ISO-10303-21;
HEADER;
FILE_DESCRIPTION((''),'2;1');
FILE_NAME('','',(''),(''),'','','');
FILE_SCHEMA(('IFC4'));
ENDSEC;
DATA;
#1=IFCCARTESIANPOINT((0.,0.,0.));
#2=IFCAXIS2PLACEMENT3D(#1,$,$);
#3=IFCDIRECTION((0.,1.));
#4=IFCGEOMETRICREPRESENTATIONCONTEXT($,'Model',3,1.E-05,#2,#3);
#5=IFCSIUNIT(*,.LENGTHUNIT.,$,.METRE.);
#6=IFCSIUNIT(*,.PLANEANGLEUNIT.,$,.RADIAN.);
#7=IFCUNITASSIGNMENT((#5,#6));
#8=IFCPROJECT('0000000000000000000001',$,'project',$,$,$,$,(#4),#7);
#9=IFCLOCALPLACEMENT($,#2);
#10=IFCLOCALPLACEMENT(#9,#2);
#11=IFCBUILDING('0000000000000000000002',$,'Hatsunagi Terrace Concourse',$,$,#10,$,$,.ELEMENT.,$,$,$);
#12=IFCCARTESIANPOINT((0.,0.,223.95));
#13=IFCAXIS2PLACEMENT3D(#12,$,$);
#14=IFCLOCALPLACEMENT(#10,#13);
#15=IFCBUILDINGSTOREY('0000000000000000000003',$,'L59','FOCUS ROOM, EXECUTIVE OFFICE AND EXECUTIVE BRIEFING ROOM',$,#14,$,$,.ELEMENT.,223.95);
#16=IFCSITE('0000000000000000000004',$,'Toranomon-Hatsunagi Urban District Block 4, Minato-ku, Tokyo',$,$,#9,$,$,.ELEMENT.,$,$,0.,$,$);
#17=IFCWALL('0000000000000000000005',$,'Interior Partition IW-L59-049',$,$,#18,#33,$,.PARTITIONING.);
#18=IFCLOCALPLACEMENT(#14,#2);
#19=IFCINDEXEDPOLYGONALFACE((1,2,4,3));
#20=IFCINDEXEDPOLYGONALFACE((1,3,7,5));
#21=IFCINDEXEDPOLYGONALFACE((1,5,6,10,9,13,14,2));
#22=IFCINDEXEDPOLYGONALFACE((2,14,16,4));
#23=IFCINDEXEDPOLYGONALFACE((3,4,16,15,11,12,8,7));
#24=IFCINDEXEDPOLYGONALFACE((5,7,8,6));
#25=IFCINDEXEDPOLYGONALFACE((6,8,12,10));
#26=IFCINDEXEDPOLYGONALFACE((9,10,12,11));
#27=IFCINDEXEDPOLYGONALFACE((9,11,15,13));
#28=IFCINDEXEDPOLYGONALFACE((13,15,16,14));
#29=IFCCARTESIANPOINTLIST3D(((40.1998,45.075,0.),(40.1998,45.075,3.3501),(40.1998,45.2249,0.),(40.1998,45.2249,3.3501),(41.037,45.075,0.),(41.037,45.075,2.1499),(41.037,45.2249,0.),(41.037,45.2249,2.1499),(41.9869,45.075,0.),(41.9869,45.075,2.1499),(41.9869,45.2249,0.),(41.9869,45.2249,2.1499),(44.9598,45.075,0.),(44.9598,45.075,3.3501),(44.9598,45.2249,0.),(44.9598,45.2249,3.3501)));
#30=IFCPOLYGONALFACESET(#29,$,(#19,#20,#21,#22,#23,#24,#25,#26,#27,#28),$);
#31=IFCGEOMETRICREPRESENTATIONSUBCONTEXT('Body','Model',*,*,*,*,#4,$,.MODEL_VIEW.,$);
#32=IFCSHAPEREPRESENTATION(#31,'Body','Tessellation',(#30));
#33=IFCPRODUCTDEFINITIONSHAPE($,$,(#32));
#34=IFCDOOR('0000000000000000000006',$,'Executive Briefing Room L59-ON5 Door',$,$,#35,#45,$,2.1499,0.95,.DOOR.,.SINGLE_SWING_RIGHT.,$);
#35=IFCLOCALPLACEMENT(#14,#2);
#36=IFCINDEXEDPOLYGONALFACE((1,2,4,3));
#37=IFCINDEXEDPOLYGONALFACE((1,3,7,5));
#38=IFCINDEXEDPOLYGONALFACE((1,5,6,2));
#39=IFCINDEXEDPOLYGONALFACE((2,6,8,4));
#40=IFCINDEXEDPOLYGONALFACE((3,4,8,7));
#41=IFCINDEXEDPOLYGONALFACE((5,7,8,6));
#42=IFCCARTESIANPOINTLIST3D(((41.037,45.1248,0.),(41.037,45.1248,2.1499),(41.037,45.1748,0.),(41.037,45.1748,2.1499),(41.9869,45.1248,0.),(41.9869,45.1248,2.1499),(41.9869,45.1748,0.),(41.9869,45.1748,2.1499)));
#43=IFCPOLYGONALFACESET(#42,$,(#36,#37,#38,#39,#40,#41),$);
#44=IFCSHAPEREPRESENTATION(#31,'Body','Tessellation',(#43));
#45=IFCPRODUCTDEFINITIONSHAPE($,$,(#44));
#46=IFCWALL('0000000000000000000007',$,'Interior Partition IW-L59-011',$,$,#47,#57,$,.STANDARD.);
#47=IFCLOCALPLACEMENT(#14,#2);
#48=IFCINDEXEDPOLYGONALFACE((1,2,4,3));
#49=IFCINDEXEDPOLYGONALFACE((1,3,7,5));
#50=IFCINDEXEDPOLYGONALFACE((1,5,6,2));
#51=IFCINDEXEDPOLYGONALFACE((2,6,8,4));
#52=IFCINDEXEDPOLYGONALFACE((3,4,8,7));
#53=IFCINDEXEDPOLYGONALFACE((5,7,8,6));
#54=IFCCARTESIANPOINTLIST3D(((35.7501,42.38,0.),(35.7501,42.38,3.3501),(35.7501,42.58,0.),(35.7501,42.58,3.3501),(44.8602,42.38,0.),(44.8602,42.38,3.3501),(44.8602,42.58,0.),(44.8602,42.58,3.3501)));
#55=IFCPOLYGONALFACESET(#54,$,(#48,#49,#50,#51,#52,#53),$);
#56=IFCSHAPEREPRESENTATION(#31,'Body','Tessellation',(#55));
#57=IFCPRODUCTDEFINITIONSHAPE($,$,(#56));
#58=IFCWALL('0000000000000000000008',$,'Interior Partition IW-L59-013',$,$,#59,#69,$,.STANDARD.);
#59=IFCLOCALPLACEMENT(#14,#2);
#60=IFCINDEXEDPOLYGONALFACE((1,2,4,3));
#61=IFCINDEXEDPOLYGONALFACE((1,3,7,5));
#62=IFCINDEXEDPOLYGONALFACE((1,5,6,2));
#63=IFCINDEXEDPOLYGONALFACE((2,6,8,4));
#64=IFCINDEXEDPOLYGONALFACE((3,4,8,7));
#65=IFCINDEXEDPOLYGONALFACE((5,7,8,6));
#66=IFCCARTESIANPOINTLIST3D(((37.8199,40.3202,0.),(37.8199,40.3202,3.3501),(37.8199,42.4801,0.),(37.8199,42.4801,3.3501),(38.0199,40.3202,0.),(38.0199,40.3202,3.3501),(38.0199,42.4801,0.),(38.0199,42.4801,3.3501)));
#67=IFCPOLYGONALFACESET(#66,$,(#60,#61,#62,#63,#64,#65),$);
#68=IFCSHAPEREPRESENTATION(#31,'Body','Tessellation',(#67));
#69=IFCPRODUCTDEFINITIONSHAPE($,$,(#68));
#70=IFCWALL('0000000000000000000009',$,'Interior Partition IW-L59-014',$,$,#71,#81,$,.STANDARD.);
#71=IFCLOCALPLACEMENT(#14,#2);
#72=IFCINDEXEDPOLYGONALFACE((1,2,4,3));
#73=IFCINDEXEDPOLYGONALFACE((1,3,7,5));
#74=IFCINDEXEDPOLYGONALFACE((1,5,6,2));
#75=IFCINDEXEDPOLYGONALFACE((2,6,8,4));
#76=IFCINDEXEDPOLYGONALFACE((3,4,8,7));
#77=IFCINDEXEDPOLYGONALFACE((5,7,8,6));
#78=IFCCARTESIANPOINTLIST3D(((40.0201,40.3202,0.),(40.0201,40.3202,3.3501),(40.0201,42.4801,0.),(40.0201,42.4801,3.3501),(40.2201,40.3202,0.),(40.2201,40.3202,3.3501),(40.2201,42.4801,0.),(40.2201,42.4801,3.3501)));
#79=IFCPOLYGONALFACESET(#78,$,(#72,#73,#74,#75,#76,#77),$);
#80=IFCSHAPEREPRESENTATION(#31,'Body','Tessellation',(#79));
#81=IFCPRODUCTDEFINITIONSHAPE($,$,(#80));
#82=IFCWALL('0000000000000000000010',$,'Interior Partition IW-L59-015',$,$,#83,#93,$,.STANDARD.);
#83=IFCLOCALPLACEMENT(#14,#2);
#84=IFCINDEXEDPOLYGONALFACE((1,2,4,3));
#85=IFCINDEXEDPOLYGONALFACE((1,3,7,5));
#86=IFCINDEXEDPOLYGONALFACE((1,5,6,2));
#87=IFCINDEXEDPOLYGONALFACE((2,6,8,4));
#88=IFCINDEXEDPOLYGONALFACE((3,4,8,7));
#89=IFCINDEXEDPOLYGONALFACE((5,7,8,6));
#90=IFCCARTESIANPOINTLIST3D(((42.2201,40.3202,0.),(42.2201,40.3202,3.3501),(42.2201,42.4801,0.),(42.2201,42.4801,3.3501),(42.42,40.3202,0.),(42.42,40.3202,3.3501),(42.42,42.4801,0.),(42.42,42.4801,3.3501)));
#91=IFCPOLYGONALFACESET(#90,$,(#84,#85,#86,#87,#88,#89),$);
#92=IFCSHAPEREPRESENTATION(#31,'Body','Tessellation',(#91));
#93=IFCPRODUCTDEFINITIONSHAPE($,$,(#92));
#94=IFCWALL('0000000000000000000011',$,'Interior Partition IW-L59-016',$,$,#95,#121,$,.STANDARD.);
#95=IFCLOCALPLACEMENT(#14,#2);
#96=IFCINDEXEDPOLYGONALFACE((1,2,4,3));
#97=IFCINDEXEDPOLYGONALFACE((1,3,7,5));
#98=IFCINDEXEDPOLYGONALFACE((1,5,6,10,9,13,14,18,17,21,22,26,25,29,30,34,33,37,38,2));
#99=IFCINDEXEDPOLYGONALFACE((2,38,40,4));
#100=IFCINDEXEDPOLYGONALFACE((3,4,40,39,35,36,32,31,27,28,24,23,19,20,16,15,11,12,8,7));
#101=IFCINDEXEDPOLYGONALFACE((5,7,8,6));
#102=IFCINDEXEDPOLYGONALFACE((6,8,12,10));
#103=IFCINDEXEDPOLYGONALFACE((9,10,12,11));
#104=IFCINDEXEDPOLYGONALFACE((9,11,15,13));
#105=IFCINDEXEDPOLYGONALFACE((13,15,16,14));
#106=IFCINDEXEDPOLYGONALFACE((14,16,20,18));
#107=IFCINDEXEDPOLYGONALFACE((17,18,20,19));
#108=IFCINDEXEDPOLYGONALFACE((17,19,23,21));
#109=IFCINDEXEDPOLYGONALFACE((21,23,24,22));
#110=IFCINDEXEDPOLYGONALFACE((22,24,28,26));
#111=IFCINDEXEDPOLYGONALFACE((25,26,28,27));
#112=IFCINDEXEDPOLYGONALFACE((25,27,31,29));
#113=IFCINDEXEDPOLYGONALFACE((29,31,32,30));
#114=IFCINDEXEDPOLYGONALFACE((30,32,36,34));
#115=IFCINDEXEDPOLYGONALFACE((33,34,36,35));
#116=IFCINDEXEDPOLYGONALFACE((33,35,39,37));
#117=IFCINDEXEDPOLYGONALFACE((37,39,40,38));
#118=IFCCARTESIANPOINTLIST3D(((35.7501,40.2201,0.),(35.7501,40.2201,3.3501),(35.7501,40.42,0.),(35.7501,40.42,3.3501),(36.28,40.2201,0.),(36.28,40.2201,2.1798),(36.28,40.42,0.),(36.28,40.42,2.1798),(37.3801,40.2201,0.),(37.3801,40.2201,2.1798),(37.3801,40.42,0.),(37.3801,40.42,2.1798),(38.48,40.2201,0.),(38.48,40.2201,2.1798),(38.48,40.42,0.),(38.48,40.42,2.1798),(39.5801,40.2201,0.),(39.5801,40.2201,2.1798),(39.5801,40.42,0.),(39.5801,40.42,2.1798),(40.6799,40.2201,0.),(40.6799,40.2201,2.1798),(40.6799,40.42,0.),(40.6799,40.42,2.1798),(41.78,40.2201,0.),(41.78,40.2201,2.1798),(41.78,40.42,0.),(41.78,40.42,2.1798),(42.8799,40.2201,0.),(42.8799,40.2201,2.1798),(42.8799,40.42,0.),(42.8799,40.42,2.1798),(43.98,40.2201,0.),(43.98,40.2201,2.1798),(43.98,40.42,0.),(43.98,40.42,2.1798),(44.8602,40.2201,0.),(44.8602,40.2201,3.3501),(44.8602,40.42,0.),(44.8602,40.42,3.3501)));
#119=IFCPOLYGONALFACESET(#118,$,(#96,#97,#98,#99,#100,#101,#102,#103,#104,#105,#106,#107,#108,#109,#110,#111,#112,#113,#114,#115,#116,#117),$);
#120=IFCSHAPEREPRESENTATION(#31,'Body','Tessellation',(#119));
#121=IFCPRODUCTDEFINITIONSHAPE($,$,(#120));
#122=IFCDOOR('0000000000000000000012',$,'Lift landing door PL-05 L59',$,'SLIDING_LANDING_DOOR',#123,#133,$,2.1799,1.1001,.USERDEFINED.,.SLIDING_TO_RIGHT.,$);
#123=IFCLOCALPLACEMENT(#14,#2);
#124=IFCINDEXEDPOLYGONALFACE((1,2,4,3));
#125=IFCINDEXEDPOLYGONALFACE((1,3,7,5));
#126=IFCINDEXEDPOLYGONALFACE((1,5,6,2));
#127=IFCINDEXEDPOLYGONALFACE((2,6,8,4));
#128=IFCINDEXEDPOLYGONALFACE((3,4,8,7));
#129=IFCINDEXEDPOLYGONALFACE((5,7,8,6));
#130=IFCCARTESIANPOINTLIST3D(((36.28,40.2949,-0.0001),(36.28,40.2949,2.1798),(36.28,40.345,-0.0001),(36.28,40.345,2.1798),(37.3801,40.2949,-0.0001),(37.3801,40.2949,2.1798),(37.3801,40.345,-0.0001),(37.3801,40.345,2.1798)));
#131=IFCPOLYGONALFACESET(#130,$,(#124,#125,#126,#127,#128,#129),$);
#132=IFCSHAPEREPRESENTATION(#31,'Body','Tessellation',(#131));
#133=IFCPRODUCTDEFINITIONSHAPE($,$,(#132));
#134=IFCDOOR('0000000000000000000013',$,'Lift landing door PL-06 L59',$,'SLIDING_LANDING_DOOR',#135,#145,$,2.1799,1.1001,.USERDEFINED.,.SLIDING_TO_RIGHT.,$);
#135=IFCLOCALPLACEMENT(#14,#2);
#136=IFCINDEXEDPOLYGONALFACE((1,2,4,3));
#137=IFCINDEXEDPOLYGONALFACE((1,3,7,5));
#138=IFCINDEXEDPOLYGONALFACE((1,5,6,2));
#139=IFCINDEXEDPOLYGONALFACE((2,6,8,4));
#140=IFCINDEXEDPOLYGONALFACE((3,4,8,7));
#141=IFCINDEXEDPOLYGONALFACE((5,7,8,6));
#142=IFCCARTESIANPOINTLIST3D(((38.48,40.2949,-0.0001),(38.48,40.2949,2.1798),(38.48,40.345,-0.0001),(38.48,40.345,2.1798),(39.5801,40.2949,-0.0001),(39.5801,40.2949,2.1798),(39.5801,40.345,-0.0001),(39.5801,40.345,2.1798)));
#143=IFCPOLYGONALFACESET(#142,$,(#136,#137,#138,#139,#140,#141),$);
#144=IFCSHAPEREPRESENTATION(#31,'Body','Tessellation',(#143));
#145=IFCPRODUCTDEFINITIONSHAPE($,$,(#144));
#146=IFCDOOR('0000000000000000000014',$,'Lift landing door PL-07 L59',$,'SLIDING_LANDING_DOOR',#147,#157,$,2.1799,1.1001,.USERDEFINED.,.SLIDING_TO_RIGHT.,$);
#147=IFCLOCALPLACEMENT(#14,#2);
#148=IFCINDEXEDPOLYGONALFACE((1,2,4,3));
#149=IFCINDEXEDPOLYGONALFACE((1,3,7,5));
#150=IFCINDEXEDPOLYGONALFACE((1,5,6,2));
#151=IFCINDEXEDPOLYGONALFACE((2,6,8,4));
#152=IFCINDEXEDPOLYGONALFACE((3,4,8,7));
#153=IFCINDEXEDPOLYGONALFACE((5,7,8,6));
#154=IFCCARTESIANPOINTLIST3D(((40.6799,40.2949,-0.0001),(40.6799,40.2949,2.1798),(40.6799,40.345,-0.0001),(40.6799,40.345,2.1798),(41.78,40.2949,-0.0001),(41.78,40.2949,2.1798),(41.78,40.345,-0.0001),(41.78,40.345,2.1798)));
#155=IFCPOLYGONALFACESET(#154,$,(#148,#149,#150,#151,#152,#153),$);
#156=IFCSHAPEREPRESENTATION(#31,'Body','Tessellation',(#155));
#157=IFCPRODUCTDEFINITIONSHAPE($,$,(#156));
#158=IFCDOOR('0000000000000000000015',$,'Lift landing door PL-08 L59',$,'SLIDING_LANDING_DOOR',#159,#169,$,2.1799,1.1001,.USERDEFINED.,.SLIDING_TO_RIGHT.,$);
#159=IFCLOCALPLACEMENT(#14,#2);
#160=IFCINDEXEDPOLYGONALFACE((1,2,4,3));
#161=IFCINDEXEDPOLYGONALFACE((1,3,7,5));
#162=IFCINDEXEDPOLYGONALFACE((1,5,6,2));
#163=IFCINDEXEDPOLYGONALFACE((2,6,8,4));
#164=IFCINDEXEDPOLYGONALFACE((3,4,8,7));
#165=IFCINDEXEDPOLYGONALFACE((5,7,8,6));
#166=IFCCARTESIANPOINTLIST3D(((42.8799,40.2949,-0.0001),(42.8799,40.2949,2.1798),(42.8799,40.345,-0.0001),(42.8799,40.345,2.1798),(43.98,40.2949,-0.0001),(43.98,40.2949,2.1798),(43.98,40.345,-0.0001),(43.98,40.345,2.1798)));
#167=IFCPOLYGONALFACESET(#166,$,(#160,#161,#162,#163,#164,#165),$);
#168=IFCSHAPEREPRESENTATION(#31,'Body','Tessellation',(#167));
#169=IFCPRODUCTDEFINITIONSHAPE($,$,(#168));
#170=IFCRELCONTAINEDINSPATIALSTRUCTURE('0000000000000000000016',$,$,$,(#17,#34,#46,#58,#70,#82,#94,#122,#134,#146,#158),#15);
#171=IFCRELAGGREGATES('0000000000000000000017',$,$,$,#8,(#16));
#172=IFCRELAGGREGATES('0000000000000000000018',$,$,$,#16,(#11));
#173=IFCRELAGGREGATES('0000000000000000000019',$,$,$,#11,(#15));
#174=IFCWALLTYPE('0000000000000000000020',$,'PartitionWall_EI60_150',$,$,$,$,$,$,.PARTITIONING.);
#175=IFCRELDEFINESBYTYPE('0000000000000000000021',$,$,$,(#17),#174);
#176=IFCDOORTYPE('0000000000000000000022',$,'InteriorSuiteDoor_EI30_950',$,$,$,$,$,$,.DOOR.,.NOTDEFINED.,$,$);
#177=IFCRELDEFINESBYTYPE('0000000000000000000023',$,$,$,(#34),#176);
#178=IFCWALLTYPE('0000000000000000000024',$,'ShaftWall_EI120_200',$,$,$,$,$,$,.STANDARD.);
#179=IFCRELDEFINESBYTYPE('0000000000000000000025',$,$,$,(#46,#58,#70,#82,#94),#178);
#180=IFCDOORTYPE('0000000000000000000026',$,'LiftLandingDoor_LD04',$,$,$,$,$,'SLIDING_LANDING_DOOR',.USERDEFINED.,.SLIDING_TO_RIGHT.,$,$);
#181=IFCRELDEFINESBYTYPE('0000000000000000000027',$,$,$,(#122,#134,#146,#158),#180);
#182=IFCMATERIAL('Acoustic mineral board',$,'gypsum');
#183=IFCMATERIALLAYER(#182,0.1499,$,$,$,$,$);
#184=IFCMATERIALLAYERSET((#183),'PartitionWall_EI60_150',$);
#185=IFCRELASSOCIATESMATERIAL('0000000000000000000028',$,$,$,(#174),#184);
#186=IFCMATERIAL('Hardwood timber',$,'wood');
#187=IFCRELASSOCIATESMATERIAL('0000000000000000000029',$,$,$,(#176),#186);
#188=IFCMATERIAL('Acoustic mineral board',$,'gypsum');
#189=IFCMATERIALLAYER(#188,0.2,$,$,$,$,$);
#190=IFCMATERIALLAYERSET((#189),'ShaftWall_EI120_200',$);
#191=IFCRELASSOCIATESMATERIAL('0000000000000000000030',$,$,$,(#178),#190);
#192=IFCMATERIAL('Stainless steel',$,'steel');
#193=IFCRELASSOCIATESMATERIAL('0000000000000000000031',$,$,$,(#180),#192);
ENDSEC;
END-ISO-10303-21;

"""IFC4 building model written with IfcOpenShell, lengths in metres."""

from ifc_helpers import new_model, si_unit, direction, frame, frame_2d, origin, place, context, subcontext, project, spatial, rectangle, extrude, material, layer, layer_set, type_object, element, fill, save


model = new_model("IFC4")

# Units and contexts
model_context = context("Model", 3, precision=1e-05, world=origin(), true_north=direction((0.0, 1.0)))
body_context = subcontext(model_context, "Body", "Model", "MODEL_VIEW")
ifc_project = project(units=[si_unit("LENGTHUNIT", "METRE"), si_unit("PLANEANGLEUNIT", "RADIAN")], contexts=[model_context])

# Site, building, storey
site_placement = place(None, origin())
site = spatial("IfcSite", under=ifc_project, at=site_placement, Name="Toranomon-Hatsunagi Urban District Block 4, Minato-ku, Tokyo", CompositionType="ELEMENT", RefElevation=0.0)
building_placement = place(site_placement, origin())
building = spatial("IfcBuilding", under=site, at=building_placement, Name="Hatsunagi Terrace Concourse", CompositionType="ELEMENT")
storey_placement = place(building_placement, frame((0.0, 0.0, 223.95)))
storey = spatial("IfcBuildingStorey", under=building, at=storey_placement, Name="L59", Description="FOCUS ROOM, EXECUTIVE OFFICE AND EXECUTIVE BRIEFING ROOM", CompositionType="ELEMENT", Elevation=223.95)

# Shared definitions
ifc_material_1 = material(Name="Acoustic mineral board", Category="gypsum")
ifc_layer_1 = layer(ifc_material_1, 0.1499)
ifc_layer_set_1 = layer_set([ifc_layer_1], Name="PartitionWall_EI60_150")
wall_type_1 = type_object("IfcWallType", Name="PartitionWall_EI60_150", PredefinedType="PARTITIONING", material=ifc_layer_set_1)

# Shared definitions
ifc_material_2 = material(Name="Hardwood timber", Category="wood")
door_type_1 = type_object("IfcDoorType", Name="InteriorSuiteDoor_EI30_950", OperationType="NOTDEFINED", PredefinedType="DOOR", material=ifc_material_2)

# Wall, opening, door
wall_1_placement = place(storey_placement, frame((40.2, 45.1499, 0.0), z_axis=(0.0, 0.0, 1.0), x_axis=(1.0, 0.0, 0.0)))
wall_1 = element("IfcWall", 1, at=wall_1_placement, inside=storey, type_object=wall_type_1, Name="Interior Partition IW-L59-049", PredefinedType="PARTITIONING", context=body_context, shape_type="SweptSolid", body=[
    extrude(rectangle(XDim=4.76, YDim=0.1499, at=frame_2d((2.3799, 0.0))), origin(), (0.0, 0.0, 1.0), 3.3501),
])
opening_1_placement = place(wall_1_placement, frame((0.8369, 0.0, 0.0)))
opening_1 = element("IfcOpeningElement", 2, at=opening_1_placement, cuts=wall_1, PredefinedType="OPENING", context=body_context, shape_type="SweptSolid", body=[
    extrude(rectangle(XDim=0.95, YDim=2.1499, at=frame_2d((0.4751, 1.075))), frame((0.0, 0.085, 0.0), z_axis=(0.0, -1.0, 0.0), x_axis=(1.0, 0.0, 0.0)), (0.0, 0.0, 1.0), 0.1699),
])
door_1_placement = place(opening_1_placement, origin())
door_1 = element("IfcDoor", 3, at=door_1_placement, inside=storey, type_object=door_type_1, Name="Executive Briefing Room L59-ON5 Door", OperationType="SINGLE_SWING_RIGHT", OverallHeight=2.1499, OverallWidth=0.95, PredefinedType="DOOR", context=body_context, shape_type="SweptSolid", body=[
    extrude(rectangle(XDim=0.95, YDim=2.1499, at=frame_2d((0.4751, 1.075))), frame((0.0, 0.0249, 0.0), z_axis=(0.0, -1.0, 0.0), x_axis=(1.0, 0.0, 0.0)), (0.0, 0.0, 1.0), 0.05),
])
fill(opening_1, door_1)

# Walls
ifc_material_3 = material(Name="Acoustic mineral board", Category="gypsum")
ifc_layer_2 = layer(ifc_material_3, 0.2)
ifc_layer_set_2 = layer_set([ifc_layer_2], Name="ShaftWall_EI120_200")
wall_type_2 = type_object("IfcWallType", Name="ShaftWall_EI120_200", PredefinedType="STANDARD", material=ifc_layer_set_2)
wall_2_placement = place(storey_placement, frame((35.75, 42.48, 0.0), z_axis=(0.0, 0.0, 1.0), x_axis=(1.0, 0.0, 0.0)))
element("IfcWall", 4, at=wall_2_placement, inside=storey, type_object=wall_type_2, Name="Interior Partition IW-L59-011", PredefinedType="STANDARD", context=body_context, shape_type="SweptSolid", body=[
    extrude(rectangle(XDim=9.1101, YDim=0.2, at=frame_2d((4.5552, 0.0))), origin(), (0.0, 0.0, 1.0), 3.3501),
])
for number, where, z_axis, x_axis, name in (
    (5, (37.9199, 40.3201, 0.0), (0.0, 0.0, 1.0), (0.0, 1.0, 0.0), "Interior Partition IW-L59-013"),
    (6, (40.1201, 40.3201, 0.0), (0.0, 0.0, 1.0), (0.0, 1.0, 0.0), "Interior Partition IW-L59-014"),
    (7, (42.3201, 40.3201, 0.0), (0.0, 0.0, 1.0), (0.0, 1.0, 0.0), "Interior Partition IW-L59-015"),
):
    element("IfcWall", number, at=place(storey_placement, frame(where, z_axis=z_axis, x_axis=x_axis)), inside=storey, type_object=wall_type_2, Name=name, PredefinedType="STANDARD", context=body_context, shape_type="SweptSolid", body=[
        extrude(rectangle(XDim=2.1599, YDim=0.2, at=frame_2d((1.0801, 0.0))), origin(), (0.0, 0.0, 1.0), 3.3501),
    ])

# Wall, openings, doors
wall_3_placement = place(storey_placement, frame((35.75, 40.3201, 0.0), z_axis=(0.0, 0.0, 1.0), x_axis=(1.0, 0.0, 0.0)))
wall_3 = element("IfcWall", 8, at=wall_3_placement, inside=storey, type_object=wall_type_2, Name="Interior Partition IW-L59-016", PredefinedType="STANDARD", context=body_context, shape_type="SweptSolid", body=[
    extrude(rectangle(XDim=9.1101, YDim=0.2, at=frame_2d((4.5552, 0.0))), origin(), (0.0, 0.0, 1.0), 3.3501),
])
opening_2_placement = place(wall_3_placement, frame((0.53, 0.0, 0.0)))
opening_2 = element("IfcOpeningElement", 9, at=opening_2_placement, cuts=wall_3, PredefinedType="OPENING", context=body_context, shape_type="SweptSolid", body=[
    extrude(rectangle(XDim=1.1001, YDim=2.1799, at=frame_2d((0.55, 1.0898))), frame((0.0, 0.1099, 0.0), z_axis=(0.0, -1.0, 0.0), x_axis=(1.0, 0.0, 0.0)), (0.0, 0.0, 1.0), 0.22),
])
opening_3_placement = place(wall_3_placement, frame((2.73, 0.0, 0.0)))
opening_3 = element("IfcOpeningElement", 10, at=opening_3_placement, cuts=wall_3, PredefinedType="OPENING", context=body_context, shape_type="SweptSolid", body=[
    extrude(rectangle(XDim=1.1001, YDim=2.1799, at=frame_2d((0.55, 1.0898))), frame((0.0, 0.1099, 0.0), z_axis=(0.0, -1.0, 0.0), x_axis=(1.0, 0.0, 0.0)), (0.0, 0.0, 1.0), 0.22),
])
opening_4_placement = place(wall_3_placement, frame((4.9299, 0.0, 0.0)))
opening_4 = element("IfcOpeningElement", 11, at=opening_4_placement, cuts=wall_3, PredefinedType="OPENING", context=body_context, shape_type="SweptSolid", body=[
    extrude(rectangle(XDim=1.1001, YDim=2.1799, at=frame_2d((0.55, 1.0898))), frame((0.0, 0.1099, 0.0), z_axis=(0.0, -1.0, 0.0), x_axis=(1.0, 0.0, 0.0)), (0.0, 0.0, 1.0), 0.22),
])
opening_5_placement = place(wall_3_placement, frame((7.1299, 0.0, 0.0)))
opening_5 = element("IfcOpeningElement", 12, at=opening_5_placement, cuts=wall_3, PredefinedType="OPENING", context=body_context, shape_type="SweptSolid", body=[
    extrude(rectangle(XDim=1.1001, YDim=2.1799, at=frame_2d((0.55, 1.0898))), frame((0.0, 0.1099, 0.0), z_axis=(0.0, -1.0, 0.0), x_axis=(1.0, 0.0, 0.0)), (0.0, 0.0, 1.0), 0.22),
])
ifc_material_4 = material(Name="Stainless steel", Category="steel")
door_type_2 = type_object("IfcDoorType", Name="LiftLandingDoor_LD04", ElementType="SLIDING_LANDING_DOOR", OperationType="SLIDING_TO_RIGHT", PredefinedType="USERDEFINED", material=ifc_material_4)
door_2_placement = place(opening_2_placement, origin())
door_2 = element("IfcDoor", 13, at=door_2_placement, inside=storey, type_object=door_type_2, Name="Lift landing door PL-05 L59", ObjectType="SLIDING_LANDING_DOOR", OperationType="SLIDING_TO_RIGHT", OverallHeight=2.1799, OverallWidth=1.1001, PredefinedType="USERDEFINED", context=body_context, shape_type="SweptSolid", body=[
    extrude(rectangle(XDim=1.1001, YDim=2.1799, at=frame_2d((0.55, 1.0898))), frame((0.0, 0.0249, 0.0), z_axis=(0.0, -1.0, 0.0), x_axis=(1.0, 0.0, 0.0)), (0.0, 0.0, 1.0), 0.05),
])
fill(opening_2, door_2)
door_3_placement = place(opening_3_placement, origin())
door_3 = element("IfcDoor", 14, at=door_3_placement, inside=storey, type_object=door_type_2, Name="Lift landing door PL-06 L59", ObjectType="SLIDING_LANDING_DOOR", OperationType="SLIDING_TO_RIGHT", OverallHeight=2.1799, OverallWidth=1.1001, PredefinedType="USERDEFINED", context=body_context, shape_type="SweptSolid", body=[
    extrude(rectangle(XDim=1.1001, YDim=2.1799, at=frame_2d((0.55, 1.0898))), frame((0.0, 0.0249, 0.0), z_axis=(0.0, -1.0, 0.0), x_axis=(1.0, 0.0, 0.0)), (0.0, 0.0, 1.0), 0.05),
])
fill(opening_3, door_3)
door_4_placement = place(opening_4_placement, origin())
door_4 = element("IfcDoor", 15, at=door_4_placement, inside=storey, type_object=door_type_2, Name="Lift landing door PL-07 L59", ObjectType="SLIDING_LANDING_DOOR", OperationType="SLIDING_TO_RIGHT", OverallHeight=2.1799, OverallWidth=1.1001, PredefinedType="USERDEFINED", context=body_context, shape_type="SweptSolid", body=[
    extrude(rectangle(XDim=1.1001, YDim=2.1799, at=frame_2d((0.55, 1.0898))), frame((0.0, 0.0249, 0.0), z_axis=(0.0, -1.0, 0.0), x_axis=(1.0, 0.0, 0.0)), (0.0, 0.0, 1.0), 0.05),
])
fill(opening_4, door_4)
door_5_placement = place(opening_5_placement, origin())
door_5 = element("IfcDoor", 16, at=door_5_placement, inside=storey, type_object=door_type_2, Name="Lift landing door PL-08 L59", ObjectType="SLIDING_LANDING_DOOR", OperationType="SLIDING_TO_RIGHT", OverallHeight=2.1799, OverallWidth=1.1001, PredefinedType="USERDEFINED", context=body_context, shape_type="SweptSolid", body=[
    extrude(rectangle(XDim=1.1001, YDim=2.1799, at=frame_2d((0.55, 1.0898))), frame((0.0, 0.0249, 0.0), z_axis=(0.0, -1.0, 0.0), x_axis=(1.0, 0.0, 0.0)), (0.0, 0.0, 1.0), 0.05),
])
fill(opening_5, door_5)

save(model, "model.ifc")
